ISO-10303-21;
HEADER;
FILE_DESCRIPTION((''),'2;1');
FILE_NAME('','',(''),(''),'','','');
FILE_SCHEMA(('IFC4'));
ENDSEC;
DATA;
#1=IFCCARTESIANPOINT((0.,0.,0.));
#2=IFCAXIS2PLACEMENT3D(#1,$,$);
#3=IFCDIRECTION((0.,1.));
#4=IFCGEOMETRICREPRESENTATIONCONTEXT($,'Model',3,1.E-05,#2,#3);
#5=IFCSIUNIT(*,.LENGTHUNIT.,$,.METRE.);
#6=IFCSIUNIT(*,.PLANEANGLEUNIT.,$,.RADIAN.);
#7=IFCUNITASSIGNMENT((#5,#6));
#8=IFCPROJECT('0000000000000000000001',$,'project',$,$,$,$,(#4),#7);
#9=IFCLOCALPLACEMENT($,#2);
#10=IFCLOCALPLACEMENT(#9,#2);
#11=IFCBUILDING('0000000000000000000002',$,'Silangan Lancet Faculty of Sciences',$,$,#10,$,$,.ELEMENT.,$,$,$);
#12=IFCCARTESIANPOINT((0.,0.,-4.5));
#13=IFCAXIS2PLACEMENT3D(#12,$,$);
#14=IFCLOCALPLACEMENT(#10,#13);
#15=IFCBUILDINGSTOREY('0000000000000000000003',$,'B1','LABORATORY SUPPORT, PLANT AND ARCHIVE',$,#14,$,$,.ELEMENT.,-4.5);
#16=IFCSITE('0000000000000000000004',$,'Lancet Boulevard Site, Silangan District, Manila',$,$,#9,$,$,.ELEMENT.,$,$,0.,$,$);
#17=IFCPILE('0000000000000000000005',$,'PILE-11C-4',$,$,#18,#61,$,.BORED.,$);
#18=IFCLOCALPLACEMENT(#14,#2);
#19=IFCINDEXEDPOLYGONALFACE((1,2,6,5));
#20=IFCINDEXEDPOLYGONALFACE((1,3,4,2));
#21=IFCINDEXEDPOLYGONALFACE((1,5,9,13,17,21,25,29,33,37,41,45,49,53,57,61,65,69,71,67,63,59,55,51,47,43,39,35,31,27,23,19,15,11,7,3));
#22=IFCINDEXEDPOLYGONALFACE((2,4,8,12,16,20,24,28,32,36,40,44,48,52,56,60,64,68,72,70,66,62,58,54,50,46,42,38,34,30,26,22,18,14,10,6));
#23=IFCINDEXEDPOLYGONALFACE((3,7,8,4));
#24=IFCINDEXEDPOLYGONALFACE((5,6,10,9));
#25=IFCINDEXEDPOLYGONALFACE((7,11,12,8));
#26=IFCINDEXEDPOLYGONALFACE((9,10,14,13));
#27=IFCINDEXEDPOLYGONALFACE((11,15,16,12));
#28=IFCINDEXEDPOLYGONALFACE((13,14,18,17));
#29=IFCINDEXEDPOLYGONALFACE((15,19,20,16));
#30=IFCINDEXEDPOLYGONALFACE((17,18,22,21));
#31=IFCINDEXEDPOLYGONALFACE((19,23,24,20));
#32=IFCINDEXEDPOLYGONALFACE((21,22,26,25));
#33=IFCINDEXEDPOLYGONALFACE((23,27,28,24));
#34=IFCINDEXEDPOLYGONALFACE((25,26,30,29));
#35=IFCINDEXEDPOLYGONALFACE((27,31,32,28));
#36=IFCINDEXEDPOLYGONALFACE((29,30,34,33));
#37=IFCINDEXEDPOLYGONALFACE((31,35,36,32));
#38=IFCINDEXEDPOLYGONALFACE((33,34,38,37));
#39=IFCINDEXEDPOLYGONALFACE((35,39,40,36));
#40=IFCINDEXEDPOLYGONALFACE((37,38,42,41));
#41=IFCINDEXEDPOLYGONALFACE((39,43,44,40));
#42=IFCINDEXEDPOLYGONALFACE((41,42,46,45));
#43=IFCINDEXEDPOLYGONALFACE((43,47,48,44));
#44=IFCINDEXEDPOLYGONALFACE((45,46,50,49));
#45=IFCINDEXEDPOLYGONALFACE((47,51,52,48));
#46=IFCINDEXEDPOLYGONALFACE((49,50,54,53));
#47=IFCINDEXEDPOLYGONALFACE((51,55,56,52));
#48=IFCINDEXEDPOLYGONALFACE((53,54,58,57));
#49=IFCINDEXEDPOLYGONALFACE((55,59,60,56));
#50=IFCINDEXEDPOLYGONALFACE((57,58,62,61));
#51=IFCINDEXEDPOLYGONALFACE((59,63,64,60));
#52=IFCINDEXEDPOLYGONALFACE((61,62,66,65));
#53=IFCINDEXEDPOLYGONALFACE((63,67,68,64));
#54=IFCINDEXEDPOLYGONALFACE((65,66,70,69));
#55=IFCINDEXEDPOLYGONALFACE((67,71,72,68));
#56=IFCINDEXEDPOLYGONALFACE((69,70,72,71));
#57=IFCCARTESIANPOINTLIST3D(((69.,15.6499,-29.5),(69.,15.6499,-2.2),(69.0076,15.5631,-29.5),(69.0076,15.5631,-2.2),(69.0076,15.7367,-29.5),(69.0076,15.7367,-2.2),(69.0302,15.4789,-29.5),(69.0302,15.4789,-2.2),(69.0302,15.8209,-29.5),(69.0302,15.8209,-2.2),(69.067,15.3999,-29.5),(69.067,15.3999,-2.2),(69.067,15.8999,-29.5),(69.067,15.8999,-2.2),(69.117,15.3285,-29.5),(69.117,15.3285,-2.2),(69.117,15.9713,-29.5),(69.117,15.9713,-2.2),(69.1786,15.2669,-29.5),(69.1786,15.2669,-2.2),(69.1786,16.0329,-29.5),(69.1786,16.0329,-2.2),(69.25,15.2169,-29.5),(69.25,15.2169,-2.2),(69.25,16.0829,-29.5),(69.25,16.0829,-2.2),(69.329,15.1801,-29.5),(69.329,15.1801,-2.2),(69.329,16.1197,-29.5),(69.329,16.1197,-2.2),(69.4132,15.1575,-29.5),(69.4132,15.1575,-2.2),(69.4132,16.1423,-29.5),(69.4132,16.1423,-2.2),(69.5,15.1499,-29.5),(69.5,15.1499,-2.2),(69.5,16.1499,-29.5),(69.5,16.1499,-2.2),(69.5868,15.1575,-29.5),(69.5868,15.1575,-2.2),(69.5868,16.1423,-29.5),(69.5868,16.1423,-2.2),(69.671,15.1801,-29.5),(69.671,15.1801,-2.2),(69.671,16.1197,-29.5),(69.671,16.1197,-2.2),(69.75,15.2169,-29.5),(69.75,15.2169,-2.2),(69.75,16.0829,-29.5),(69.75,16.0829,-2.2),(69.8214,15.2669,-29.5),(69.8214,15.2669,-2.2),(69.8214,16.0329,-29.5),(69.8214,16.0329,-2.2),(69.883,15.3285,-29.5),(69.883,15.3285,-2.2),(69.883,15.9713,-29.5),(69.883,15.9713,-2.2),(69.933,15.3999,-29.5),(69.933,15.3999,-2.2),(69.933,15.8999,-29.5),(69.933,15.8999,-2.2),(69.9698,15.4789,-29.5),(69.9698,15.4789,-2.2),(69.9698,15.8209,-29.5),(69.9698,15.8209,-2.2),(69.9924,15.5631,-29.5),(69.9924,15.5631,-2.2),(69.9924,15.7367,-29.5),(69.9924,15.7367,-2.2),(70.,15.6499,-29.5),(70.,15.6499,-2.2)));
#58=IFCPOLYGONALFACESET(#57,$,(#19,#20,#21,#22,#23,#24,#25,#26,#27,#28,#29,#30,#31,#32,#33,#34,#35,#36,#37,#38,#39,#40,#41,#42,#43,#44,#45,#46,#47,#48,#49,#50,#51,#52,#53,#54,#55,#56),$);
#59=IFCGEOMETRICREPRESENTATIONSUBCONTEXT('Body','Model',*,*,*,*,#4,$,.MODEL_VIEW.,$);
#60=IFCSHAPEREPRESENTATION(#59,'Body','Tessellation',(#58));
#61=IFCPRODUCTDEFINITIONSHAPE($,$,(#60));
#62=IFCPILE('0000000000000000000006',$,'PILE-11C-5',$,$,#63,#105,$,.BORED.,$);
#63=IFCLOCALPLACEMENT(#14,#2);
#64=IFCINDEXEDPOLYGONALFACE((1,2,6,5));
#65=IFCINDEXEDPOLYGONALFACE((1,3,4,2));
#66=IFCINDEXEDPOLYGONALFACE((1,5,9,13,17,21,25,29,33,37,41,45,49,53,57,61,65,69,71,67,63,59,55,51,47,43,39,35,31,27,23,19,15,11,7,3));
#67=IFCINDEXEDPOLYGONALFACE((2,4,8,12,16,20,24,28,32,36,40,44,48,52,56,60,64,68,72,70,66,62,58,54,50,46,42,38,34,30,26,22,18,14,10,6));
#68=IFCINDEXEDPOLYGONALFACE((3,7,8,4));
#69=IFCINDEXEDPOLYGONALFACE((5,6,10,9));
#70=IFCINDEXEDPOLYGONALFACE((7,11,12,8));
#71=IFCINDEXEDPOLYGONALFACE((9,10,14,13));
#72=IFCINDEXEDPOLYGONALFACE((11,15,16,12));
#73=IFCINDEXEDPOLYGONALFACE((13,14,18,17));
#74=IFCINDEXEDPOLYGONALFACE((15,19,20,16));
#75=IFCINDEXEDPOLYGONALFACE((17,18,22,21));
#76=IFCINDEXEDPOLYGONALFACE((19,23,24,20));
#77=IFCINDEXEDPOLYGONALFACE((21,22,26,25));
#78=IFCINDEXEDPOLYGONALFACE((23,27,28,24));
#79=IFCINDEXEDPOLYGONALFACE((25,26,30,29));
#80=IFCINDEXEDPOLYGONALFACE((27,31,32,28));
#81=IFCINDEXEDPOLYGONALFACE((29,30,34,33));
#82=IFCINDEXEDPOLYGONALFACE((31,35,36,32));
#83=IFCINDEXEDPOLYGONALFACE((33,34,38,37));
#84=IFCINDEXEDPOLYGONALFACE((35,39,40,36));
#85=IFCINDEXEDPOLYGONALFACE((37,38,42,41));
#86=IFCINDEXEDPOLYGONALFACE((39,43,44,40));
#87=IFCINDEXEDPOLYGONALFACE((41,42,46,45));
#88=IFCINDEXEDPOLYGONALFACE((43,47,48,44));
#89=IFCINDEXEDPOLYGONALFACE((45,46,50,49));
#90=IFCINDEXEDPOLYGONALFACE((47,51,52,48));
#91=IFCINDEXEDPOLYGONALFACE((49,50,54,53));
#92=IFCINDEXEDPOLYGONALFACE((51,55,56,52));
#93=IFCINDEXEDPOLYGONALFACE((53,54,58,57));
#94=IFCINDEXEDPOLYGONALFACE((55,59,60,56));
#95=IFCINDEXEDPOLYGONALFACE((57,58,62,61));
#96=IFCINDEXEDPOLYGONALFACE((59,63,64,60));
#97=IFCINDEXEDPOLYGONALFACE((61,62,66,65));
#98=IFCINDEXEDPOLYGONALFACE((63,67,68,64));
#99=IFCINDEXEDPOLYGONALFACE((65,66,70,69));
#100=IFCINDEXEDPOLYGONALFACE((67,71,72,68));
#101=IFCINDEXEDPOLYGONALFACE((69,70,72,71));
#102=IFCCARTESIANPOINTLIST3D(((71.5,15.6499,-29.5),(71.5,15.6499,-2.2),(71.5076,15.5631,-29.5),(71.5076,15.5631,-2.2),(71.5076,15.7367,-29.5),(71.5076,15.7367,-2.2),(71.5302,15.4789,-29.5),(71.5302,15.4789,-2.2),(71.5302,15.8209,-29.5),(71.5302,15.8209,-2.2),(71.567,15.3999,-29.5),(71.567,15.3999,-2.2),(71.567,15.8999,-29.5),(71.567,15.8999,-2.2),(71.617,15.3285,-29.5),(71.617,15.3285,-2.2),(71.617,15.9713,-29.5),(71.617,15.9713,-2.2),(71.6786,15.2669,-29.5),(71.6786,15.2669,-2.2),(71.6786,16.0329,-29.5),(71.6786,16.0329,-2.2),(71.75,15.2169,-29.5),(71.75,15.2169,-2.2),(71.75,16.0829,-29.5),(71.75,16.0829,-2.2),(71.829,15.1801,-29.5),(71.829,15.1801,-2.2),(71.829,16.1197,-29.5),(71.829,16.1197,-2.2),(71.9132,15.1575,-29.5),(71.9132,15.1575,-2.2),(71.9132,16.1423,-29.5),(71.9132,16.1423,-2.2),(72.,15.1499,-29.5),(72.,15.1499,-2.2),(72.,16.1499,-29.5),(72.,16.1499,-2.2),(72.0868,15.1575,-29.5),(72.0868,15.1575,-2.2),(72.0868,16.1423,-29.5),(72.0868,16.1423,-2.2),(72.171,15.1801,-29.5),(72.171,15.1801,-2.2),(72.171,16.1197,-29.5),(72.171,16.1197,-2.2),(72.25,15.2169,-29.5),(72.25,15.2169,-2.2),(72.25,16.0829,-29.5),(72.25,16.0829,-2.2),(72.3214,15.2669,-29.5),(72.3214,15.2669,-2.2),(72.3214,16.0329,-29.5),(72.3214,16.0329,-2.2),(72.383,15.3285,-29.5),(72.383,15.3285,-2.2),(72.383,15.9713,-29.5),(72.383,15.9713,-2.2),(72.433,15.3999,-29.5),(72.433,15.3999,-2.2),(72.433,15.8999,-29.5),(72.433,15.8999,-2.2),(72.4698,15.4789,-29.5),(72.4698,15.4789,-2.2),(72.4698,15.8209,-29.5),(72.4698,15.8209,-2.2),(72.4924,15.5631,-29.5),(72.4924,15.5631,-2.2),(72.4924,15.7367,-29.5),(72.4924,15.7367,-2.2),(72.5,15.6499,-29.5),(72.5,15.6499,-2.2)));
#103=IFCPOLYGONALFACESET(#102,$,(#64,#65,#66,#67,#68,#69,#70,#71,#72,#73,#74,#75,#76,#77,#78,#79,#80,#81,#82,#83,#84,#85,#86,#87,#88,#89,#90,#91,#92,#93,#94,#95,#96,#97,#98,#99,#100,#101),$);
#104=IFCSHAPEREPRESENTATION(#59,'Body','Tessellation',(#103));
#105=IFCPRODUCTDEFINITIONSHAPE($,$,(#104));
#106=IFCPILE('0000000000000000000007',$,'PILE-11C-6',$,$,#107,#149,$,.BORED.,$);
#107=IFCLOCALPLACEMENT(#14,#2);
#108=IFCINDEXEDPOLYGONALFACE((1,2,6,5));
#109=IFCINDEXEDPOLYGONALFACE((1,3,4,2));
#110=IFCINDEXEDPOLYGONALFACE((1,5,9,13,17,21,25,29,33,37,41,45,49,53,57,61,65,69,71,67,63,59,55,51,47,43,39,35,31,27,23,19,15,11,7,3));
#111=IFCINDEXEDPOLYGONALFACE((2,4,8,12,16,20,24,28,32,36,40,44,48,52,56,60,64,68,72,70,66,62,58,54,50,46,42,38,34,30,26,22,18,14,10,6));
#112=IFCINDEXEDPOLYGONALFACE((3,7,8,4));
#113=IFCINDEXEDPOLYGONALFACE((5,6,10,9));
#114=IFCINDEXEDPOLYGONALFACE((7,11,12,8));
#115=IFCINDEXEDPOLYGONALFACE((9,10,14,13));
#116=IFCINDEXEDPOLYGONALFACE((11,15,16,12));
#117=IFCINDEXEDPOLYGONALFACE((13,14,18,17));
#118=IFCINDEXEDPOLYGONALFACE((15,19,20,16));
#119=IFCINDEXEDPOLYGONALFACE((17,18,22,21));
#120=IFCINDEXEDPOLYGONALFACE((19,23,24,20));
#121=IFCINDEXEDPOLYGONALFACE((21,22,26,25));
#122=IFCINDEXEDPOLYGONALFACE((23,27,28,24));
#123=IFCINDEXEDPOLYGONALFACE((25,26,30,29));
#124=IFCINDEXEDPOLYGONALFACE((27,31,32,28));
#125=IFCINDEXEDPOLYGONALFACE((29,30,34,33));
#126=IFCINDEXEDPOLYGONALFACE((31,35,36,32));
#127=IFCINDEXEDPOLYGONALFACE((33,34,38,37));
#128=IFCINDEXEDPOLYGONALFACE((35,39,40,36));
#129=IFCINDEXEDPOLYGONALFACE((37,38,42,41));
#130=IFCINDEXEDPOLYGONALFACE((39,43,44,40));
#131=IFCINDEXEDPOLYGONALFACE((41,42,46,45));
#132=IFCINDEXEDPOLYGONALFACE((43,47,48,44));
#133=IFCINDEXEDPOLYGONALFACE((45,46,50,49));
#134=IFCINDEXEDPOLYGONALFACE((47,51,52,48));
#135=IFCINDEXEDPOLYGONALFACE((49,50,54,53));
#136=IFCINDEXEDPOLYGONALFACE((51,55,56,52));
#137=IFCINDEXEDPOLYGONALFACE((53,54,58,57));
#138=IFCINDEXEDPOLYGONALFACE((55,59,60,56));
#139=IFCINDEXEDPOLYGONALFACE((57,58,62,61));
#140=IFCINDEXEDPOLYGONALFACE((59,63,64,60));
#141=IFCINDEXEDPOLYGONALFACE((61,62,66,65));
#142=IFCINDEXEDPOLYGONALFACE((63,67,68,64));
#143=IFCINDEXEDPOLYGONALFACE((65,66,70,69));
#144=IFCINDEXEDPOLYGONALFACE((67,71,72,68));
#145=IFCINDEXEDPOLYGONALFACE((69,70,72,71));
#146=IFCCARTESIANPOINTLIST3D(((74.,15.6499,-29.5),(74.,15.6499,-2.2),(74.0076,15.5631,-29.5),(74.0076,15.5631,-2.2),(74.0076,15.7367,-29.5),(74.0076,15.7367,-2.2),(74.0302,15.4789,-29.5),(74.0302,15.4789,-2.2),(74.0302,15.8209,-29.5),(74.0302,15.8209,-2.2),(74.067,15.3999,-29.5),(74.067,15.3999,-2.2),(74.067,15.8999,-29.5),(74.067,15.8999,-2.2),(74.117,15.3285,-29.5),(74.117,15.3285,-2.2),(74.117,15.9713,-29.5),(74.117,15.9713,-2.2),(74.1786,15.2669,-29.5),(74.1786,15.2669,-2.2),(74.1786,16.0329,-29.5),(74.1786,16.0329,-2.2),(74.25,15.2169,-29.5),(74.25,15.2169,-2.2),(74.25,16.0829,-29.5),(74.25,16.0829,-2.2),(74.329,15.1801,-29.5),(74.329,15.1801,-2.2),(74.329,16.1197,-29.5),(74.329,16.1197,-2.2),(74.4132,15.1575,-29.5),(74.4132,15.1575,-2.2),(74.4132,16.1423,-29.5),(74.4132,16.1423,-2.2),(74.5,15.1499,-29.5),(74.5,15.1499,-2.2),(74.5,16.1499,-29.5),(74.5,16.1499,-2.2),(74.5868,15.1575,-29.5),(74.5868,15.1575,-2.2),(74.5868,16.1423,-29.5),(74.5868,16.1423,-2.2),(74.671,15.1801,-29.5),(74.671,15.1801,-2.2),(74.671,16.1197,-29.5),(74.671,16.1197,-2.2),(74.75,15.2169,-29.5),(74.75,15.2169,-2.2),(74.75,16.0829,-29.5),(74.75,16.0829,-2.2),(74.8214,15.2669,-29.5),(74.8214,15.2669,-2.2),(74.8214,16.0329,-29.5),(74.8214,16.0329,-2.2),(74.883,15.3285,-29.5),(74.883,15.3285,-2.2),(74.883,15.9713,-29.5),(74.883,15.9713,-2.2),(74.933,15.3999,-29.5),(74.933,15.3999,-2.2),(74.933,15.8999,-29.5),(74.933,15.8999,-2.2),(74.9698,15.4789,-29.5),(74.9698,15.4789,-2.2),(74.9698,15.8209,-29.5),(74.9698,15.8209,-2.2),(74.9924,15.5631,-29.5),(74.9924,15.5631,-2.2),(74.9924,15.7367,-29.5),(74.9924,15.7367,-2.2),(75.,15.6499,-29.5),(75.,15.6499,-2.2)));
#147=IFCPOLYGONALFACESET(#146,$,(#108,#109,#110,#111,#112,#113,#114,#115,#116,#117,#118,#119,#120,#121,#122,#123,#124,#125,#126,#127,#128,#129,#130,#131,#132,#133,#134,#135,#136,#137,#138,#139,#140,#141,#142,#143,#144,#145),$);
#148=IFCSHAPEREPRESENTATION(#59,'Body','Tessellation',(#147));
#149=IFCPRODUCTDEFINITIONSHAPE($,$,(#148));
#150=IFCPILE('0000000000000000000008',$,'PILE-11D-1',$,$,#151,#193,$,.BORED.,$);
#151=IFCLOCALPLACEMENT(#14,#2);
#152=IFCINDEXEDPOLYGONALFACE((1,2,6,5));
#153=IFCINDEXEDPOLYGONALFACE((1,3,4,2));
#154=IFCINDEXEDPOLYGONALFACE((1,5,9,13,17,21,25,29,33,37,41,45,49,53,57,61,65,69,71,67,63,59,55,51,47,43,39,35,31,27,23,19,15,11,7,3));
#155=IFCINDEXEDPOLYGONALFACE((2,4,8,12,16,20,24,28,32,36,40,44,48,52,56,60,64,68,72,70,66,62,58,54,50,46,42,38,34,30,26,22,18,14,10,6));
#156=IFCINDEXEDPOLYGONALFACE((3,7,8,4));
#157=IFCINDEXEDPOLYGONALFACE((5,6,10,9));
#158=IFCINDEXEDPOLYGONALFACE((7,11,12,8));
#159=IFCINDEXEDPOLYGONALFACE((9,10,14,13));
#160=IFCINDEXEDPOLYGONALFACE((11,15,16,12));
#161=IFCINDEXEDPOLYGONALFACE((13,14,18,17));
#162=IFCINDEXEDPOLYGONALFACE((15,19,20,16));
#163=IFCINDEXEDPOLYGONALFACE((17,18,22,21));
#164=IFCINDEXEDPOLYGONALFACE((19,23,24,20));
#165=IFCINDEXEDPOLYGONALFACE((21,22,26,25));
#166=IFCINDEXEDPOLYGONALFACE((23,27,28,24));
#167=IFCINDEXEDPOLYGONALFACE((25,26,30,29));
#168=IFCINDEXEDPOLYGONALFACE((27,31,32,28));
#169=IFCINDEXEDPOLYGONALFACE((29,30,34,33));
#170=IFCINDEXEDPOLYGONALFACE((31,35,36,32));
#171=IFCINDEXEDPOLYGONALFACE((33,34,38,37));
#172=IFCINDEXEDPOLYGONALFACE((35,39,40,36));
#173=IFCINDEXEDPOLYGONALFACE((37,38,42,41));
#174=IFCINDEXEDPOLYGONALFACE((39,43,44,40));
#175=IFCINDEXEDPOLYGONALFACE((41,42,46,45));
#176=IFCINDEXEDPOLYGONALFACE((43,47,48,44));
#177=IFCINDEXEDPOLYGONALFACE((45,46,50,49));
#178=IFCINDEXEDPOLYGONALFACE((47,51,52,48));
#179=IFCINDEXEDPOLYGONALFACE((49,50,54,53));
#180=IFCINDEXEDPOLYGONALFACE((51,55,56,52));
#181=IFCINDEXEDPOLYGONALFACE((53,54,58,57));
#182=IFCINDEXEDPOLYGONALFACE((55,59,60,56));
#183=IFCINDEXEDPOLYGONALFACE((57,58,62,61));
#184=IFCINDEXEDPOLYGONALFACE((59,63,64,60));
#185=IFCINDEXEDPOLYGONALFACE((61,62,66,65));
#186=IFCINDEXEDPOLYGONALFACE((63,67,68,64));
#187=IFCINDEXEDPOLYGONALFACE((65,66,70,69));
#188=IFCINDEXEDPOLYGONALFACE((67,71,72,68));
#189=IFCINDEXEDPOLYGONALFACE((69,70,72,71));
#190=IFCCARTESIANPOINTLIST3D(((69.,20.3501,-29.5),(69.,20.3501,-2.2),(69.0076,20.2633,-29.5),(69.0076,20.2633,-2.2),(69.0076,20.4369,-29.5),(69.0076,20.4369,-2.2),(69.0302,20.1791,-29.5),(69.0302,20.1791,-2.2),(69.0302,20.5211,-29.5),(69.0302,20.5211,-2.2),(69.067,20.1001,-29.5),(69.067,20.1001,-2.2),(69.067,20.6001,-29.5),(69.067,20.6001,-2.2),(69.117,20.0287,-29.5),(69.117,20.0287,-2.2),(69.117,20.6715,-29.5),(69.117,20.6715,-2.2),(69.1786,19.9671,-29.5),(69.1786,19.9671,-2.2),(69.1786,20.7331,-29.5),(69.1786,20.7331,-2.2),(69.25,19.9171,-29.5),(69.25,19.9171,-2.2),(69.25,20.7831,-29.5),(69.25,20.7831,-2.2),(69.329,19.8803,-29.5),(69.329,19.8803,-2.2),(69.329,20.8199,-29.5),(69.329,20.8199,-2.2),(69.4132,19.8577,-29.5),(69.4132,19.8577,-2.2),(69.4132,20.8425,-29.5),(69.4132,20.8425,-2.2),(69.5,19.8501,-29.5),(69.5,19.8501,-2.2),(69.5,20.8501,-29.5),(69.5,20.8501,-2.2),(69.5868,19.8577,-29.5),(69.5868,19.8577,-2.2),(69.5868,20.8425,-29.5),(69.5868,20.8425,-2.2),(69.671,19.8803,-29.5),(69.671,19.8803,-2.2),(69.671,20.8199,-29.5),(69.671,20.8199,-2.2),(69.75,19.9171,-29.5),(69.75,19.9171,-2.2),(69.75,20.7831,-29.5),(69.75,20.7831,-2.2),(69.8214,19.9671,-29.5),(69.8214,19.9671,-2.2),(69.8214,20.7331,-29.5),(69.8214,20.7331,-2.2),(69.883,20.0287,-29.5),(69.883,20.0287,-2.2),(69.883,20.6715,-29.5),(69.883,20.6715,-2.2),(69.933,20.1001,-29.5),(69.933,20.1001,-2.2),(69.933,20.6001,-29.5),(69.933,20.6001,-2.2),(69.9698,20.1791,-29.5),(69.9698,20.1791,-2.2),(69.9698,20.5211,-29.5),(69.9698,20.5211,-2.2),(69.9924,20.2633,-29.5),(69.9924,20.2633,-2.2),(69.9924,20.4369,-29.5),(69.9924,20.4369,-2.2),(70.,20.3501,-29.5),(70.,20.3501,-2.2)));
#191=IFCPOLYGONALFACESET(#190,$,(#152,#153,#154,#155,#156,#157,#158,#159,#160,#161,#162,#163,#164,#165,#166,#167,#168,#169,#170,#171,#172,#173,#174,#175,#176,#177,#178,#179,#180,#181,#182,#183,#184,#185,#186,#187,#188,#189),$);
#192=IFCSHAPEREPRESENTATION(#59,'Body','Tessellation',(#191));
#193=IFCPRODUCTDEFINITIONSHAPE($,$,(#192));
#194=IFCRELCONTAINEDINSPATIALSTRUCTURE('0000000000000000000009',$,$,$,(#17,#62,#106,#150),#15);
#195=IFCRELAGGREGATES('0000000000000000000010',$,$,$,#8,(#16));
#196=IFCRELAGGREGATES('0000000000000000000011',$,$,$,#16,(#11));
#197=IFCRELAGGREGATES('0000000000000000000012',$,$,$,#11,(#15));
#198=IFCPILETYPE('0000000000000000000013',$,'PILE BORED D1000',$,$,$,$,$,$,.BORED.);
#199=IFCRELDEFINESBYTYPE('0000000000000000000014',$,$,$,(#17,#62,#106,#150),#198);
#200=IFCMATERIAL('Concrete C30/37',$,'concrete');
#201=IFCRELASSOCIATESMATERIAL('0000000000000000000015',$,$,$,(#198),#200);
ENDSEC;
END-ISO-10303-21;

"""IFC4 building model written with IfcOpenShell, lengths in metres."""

from ifc_helpers import new_model, si_unit, direction, frame, origin, origin_2d, place, context, subcontext, project, spatial, circle, extrude, material, material_profile, profile_set, type_object, element, save


model = new_model("IFC4")

# Units and contexts
model_context = context("Model", 3, precision=1e-05, world=origin(), true_north=direction((0.0, 1.0)))
body_context = subcontext(model_context, "Body", "Model", "MODEL_VIEW")
ifc_project = project(units=[si_unit("LENGTHUNIT", "METRE"), si_unit("PLANEANGLEUNIT", "RADIAN")], contexts=[model_context])

# Site, building, storey
site_placement = place(None, origin())
site = spatial("IfcSite", under=ifc_project, at=site_placement, Name="Lancet Boulevard Site, Silangan District, Manila", CompositionType="ELEMENT", RefElevation=0.0)
building_placement = place(site_placement, origin())
building = spatial("IfcBuilding", under=site, at=building_placement, Name="Silangan Lancet Faculty of Sciences", CompositionType="ELEMENT")
storey_placement = place(building_placement, frame((0.0, 0.0, -4.5)))
storey = spatial("IfcBuildingStorey", under=building, at=storey_placement, Name="B1", Description="LABORATORY SUPPORT, PLANT AND ARCHIVE", CompositionType="ELEMENT", Elevation=-4.5)

# Piles
ifc_material_1 = material(Name="Concrete C30/37", Category="concrete")
ifc_material_profile_1 = material_profile(ifc_material_1, circle(Radius=0.5, at=origin_2d()), Name="BORED PILE D1000")
ifc_profile_set_1 = profile_set([ifc_material_profile_1], Name="Concrete C30/37")
pile_type = type_object("IfcPileType", Name="PILE BORED D1000", PredefinedType="BORED", material=ifc_profile_set_1)
for number, where, z_axis, x_axis, name in (
    (1, (69.5, 15.6499, -2.2), (0.0, 0.0, -1.0), (1.0, 0.0, 0.0), "PILE-11C-4"),
    (2, (72.0, 15.6499, -2.2), (0.0, 0.0, -1.0), (1.0, 0.0, 0.0), "PILE-11C-5"),
    (3, (74.5, 15.6499, -2.2), (0.0, 0.0, -1.0), (1.0, 0.0, 0.0), "PILE-11C-6"),
    (4, (69.5, 20.3501, -2.2), (0.0, 0.0, -1.0), (1.0, 0.0, 0.0), "PILE-11D-1"),
):
    element("IfcPile", number, at=place(storey_placement, frame(where, z_axis=z_axis, x_axis=x_axis)), inside=storey, type_object=pile_type, Name=name, PredefinedType="BORED", context=body_context, shape_type="SweptSolid", body=[
        extrude(circle(Radius=0.5, at=origin_2d()), origin(), (0.0, 0.0, 1.0), 27.3),
    ])

save(model, "model.ifc")
